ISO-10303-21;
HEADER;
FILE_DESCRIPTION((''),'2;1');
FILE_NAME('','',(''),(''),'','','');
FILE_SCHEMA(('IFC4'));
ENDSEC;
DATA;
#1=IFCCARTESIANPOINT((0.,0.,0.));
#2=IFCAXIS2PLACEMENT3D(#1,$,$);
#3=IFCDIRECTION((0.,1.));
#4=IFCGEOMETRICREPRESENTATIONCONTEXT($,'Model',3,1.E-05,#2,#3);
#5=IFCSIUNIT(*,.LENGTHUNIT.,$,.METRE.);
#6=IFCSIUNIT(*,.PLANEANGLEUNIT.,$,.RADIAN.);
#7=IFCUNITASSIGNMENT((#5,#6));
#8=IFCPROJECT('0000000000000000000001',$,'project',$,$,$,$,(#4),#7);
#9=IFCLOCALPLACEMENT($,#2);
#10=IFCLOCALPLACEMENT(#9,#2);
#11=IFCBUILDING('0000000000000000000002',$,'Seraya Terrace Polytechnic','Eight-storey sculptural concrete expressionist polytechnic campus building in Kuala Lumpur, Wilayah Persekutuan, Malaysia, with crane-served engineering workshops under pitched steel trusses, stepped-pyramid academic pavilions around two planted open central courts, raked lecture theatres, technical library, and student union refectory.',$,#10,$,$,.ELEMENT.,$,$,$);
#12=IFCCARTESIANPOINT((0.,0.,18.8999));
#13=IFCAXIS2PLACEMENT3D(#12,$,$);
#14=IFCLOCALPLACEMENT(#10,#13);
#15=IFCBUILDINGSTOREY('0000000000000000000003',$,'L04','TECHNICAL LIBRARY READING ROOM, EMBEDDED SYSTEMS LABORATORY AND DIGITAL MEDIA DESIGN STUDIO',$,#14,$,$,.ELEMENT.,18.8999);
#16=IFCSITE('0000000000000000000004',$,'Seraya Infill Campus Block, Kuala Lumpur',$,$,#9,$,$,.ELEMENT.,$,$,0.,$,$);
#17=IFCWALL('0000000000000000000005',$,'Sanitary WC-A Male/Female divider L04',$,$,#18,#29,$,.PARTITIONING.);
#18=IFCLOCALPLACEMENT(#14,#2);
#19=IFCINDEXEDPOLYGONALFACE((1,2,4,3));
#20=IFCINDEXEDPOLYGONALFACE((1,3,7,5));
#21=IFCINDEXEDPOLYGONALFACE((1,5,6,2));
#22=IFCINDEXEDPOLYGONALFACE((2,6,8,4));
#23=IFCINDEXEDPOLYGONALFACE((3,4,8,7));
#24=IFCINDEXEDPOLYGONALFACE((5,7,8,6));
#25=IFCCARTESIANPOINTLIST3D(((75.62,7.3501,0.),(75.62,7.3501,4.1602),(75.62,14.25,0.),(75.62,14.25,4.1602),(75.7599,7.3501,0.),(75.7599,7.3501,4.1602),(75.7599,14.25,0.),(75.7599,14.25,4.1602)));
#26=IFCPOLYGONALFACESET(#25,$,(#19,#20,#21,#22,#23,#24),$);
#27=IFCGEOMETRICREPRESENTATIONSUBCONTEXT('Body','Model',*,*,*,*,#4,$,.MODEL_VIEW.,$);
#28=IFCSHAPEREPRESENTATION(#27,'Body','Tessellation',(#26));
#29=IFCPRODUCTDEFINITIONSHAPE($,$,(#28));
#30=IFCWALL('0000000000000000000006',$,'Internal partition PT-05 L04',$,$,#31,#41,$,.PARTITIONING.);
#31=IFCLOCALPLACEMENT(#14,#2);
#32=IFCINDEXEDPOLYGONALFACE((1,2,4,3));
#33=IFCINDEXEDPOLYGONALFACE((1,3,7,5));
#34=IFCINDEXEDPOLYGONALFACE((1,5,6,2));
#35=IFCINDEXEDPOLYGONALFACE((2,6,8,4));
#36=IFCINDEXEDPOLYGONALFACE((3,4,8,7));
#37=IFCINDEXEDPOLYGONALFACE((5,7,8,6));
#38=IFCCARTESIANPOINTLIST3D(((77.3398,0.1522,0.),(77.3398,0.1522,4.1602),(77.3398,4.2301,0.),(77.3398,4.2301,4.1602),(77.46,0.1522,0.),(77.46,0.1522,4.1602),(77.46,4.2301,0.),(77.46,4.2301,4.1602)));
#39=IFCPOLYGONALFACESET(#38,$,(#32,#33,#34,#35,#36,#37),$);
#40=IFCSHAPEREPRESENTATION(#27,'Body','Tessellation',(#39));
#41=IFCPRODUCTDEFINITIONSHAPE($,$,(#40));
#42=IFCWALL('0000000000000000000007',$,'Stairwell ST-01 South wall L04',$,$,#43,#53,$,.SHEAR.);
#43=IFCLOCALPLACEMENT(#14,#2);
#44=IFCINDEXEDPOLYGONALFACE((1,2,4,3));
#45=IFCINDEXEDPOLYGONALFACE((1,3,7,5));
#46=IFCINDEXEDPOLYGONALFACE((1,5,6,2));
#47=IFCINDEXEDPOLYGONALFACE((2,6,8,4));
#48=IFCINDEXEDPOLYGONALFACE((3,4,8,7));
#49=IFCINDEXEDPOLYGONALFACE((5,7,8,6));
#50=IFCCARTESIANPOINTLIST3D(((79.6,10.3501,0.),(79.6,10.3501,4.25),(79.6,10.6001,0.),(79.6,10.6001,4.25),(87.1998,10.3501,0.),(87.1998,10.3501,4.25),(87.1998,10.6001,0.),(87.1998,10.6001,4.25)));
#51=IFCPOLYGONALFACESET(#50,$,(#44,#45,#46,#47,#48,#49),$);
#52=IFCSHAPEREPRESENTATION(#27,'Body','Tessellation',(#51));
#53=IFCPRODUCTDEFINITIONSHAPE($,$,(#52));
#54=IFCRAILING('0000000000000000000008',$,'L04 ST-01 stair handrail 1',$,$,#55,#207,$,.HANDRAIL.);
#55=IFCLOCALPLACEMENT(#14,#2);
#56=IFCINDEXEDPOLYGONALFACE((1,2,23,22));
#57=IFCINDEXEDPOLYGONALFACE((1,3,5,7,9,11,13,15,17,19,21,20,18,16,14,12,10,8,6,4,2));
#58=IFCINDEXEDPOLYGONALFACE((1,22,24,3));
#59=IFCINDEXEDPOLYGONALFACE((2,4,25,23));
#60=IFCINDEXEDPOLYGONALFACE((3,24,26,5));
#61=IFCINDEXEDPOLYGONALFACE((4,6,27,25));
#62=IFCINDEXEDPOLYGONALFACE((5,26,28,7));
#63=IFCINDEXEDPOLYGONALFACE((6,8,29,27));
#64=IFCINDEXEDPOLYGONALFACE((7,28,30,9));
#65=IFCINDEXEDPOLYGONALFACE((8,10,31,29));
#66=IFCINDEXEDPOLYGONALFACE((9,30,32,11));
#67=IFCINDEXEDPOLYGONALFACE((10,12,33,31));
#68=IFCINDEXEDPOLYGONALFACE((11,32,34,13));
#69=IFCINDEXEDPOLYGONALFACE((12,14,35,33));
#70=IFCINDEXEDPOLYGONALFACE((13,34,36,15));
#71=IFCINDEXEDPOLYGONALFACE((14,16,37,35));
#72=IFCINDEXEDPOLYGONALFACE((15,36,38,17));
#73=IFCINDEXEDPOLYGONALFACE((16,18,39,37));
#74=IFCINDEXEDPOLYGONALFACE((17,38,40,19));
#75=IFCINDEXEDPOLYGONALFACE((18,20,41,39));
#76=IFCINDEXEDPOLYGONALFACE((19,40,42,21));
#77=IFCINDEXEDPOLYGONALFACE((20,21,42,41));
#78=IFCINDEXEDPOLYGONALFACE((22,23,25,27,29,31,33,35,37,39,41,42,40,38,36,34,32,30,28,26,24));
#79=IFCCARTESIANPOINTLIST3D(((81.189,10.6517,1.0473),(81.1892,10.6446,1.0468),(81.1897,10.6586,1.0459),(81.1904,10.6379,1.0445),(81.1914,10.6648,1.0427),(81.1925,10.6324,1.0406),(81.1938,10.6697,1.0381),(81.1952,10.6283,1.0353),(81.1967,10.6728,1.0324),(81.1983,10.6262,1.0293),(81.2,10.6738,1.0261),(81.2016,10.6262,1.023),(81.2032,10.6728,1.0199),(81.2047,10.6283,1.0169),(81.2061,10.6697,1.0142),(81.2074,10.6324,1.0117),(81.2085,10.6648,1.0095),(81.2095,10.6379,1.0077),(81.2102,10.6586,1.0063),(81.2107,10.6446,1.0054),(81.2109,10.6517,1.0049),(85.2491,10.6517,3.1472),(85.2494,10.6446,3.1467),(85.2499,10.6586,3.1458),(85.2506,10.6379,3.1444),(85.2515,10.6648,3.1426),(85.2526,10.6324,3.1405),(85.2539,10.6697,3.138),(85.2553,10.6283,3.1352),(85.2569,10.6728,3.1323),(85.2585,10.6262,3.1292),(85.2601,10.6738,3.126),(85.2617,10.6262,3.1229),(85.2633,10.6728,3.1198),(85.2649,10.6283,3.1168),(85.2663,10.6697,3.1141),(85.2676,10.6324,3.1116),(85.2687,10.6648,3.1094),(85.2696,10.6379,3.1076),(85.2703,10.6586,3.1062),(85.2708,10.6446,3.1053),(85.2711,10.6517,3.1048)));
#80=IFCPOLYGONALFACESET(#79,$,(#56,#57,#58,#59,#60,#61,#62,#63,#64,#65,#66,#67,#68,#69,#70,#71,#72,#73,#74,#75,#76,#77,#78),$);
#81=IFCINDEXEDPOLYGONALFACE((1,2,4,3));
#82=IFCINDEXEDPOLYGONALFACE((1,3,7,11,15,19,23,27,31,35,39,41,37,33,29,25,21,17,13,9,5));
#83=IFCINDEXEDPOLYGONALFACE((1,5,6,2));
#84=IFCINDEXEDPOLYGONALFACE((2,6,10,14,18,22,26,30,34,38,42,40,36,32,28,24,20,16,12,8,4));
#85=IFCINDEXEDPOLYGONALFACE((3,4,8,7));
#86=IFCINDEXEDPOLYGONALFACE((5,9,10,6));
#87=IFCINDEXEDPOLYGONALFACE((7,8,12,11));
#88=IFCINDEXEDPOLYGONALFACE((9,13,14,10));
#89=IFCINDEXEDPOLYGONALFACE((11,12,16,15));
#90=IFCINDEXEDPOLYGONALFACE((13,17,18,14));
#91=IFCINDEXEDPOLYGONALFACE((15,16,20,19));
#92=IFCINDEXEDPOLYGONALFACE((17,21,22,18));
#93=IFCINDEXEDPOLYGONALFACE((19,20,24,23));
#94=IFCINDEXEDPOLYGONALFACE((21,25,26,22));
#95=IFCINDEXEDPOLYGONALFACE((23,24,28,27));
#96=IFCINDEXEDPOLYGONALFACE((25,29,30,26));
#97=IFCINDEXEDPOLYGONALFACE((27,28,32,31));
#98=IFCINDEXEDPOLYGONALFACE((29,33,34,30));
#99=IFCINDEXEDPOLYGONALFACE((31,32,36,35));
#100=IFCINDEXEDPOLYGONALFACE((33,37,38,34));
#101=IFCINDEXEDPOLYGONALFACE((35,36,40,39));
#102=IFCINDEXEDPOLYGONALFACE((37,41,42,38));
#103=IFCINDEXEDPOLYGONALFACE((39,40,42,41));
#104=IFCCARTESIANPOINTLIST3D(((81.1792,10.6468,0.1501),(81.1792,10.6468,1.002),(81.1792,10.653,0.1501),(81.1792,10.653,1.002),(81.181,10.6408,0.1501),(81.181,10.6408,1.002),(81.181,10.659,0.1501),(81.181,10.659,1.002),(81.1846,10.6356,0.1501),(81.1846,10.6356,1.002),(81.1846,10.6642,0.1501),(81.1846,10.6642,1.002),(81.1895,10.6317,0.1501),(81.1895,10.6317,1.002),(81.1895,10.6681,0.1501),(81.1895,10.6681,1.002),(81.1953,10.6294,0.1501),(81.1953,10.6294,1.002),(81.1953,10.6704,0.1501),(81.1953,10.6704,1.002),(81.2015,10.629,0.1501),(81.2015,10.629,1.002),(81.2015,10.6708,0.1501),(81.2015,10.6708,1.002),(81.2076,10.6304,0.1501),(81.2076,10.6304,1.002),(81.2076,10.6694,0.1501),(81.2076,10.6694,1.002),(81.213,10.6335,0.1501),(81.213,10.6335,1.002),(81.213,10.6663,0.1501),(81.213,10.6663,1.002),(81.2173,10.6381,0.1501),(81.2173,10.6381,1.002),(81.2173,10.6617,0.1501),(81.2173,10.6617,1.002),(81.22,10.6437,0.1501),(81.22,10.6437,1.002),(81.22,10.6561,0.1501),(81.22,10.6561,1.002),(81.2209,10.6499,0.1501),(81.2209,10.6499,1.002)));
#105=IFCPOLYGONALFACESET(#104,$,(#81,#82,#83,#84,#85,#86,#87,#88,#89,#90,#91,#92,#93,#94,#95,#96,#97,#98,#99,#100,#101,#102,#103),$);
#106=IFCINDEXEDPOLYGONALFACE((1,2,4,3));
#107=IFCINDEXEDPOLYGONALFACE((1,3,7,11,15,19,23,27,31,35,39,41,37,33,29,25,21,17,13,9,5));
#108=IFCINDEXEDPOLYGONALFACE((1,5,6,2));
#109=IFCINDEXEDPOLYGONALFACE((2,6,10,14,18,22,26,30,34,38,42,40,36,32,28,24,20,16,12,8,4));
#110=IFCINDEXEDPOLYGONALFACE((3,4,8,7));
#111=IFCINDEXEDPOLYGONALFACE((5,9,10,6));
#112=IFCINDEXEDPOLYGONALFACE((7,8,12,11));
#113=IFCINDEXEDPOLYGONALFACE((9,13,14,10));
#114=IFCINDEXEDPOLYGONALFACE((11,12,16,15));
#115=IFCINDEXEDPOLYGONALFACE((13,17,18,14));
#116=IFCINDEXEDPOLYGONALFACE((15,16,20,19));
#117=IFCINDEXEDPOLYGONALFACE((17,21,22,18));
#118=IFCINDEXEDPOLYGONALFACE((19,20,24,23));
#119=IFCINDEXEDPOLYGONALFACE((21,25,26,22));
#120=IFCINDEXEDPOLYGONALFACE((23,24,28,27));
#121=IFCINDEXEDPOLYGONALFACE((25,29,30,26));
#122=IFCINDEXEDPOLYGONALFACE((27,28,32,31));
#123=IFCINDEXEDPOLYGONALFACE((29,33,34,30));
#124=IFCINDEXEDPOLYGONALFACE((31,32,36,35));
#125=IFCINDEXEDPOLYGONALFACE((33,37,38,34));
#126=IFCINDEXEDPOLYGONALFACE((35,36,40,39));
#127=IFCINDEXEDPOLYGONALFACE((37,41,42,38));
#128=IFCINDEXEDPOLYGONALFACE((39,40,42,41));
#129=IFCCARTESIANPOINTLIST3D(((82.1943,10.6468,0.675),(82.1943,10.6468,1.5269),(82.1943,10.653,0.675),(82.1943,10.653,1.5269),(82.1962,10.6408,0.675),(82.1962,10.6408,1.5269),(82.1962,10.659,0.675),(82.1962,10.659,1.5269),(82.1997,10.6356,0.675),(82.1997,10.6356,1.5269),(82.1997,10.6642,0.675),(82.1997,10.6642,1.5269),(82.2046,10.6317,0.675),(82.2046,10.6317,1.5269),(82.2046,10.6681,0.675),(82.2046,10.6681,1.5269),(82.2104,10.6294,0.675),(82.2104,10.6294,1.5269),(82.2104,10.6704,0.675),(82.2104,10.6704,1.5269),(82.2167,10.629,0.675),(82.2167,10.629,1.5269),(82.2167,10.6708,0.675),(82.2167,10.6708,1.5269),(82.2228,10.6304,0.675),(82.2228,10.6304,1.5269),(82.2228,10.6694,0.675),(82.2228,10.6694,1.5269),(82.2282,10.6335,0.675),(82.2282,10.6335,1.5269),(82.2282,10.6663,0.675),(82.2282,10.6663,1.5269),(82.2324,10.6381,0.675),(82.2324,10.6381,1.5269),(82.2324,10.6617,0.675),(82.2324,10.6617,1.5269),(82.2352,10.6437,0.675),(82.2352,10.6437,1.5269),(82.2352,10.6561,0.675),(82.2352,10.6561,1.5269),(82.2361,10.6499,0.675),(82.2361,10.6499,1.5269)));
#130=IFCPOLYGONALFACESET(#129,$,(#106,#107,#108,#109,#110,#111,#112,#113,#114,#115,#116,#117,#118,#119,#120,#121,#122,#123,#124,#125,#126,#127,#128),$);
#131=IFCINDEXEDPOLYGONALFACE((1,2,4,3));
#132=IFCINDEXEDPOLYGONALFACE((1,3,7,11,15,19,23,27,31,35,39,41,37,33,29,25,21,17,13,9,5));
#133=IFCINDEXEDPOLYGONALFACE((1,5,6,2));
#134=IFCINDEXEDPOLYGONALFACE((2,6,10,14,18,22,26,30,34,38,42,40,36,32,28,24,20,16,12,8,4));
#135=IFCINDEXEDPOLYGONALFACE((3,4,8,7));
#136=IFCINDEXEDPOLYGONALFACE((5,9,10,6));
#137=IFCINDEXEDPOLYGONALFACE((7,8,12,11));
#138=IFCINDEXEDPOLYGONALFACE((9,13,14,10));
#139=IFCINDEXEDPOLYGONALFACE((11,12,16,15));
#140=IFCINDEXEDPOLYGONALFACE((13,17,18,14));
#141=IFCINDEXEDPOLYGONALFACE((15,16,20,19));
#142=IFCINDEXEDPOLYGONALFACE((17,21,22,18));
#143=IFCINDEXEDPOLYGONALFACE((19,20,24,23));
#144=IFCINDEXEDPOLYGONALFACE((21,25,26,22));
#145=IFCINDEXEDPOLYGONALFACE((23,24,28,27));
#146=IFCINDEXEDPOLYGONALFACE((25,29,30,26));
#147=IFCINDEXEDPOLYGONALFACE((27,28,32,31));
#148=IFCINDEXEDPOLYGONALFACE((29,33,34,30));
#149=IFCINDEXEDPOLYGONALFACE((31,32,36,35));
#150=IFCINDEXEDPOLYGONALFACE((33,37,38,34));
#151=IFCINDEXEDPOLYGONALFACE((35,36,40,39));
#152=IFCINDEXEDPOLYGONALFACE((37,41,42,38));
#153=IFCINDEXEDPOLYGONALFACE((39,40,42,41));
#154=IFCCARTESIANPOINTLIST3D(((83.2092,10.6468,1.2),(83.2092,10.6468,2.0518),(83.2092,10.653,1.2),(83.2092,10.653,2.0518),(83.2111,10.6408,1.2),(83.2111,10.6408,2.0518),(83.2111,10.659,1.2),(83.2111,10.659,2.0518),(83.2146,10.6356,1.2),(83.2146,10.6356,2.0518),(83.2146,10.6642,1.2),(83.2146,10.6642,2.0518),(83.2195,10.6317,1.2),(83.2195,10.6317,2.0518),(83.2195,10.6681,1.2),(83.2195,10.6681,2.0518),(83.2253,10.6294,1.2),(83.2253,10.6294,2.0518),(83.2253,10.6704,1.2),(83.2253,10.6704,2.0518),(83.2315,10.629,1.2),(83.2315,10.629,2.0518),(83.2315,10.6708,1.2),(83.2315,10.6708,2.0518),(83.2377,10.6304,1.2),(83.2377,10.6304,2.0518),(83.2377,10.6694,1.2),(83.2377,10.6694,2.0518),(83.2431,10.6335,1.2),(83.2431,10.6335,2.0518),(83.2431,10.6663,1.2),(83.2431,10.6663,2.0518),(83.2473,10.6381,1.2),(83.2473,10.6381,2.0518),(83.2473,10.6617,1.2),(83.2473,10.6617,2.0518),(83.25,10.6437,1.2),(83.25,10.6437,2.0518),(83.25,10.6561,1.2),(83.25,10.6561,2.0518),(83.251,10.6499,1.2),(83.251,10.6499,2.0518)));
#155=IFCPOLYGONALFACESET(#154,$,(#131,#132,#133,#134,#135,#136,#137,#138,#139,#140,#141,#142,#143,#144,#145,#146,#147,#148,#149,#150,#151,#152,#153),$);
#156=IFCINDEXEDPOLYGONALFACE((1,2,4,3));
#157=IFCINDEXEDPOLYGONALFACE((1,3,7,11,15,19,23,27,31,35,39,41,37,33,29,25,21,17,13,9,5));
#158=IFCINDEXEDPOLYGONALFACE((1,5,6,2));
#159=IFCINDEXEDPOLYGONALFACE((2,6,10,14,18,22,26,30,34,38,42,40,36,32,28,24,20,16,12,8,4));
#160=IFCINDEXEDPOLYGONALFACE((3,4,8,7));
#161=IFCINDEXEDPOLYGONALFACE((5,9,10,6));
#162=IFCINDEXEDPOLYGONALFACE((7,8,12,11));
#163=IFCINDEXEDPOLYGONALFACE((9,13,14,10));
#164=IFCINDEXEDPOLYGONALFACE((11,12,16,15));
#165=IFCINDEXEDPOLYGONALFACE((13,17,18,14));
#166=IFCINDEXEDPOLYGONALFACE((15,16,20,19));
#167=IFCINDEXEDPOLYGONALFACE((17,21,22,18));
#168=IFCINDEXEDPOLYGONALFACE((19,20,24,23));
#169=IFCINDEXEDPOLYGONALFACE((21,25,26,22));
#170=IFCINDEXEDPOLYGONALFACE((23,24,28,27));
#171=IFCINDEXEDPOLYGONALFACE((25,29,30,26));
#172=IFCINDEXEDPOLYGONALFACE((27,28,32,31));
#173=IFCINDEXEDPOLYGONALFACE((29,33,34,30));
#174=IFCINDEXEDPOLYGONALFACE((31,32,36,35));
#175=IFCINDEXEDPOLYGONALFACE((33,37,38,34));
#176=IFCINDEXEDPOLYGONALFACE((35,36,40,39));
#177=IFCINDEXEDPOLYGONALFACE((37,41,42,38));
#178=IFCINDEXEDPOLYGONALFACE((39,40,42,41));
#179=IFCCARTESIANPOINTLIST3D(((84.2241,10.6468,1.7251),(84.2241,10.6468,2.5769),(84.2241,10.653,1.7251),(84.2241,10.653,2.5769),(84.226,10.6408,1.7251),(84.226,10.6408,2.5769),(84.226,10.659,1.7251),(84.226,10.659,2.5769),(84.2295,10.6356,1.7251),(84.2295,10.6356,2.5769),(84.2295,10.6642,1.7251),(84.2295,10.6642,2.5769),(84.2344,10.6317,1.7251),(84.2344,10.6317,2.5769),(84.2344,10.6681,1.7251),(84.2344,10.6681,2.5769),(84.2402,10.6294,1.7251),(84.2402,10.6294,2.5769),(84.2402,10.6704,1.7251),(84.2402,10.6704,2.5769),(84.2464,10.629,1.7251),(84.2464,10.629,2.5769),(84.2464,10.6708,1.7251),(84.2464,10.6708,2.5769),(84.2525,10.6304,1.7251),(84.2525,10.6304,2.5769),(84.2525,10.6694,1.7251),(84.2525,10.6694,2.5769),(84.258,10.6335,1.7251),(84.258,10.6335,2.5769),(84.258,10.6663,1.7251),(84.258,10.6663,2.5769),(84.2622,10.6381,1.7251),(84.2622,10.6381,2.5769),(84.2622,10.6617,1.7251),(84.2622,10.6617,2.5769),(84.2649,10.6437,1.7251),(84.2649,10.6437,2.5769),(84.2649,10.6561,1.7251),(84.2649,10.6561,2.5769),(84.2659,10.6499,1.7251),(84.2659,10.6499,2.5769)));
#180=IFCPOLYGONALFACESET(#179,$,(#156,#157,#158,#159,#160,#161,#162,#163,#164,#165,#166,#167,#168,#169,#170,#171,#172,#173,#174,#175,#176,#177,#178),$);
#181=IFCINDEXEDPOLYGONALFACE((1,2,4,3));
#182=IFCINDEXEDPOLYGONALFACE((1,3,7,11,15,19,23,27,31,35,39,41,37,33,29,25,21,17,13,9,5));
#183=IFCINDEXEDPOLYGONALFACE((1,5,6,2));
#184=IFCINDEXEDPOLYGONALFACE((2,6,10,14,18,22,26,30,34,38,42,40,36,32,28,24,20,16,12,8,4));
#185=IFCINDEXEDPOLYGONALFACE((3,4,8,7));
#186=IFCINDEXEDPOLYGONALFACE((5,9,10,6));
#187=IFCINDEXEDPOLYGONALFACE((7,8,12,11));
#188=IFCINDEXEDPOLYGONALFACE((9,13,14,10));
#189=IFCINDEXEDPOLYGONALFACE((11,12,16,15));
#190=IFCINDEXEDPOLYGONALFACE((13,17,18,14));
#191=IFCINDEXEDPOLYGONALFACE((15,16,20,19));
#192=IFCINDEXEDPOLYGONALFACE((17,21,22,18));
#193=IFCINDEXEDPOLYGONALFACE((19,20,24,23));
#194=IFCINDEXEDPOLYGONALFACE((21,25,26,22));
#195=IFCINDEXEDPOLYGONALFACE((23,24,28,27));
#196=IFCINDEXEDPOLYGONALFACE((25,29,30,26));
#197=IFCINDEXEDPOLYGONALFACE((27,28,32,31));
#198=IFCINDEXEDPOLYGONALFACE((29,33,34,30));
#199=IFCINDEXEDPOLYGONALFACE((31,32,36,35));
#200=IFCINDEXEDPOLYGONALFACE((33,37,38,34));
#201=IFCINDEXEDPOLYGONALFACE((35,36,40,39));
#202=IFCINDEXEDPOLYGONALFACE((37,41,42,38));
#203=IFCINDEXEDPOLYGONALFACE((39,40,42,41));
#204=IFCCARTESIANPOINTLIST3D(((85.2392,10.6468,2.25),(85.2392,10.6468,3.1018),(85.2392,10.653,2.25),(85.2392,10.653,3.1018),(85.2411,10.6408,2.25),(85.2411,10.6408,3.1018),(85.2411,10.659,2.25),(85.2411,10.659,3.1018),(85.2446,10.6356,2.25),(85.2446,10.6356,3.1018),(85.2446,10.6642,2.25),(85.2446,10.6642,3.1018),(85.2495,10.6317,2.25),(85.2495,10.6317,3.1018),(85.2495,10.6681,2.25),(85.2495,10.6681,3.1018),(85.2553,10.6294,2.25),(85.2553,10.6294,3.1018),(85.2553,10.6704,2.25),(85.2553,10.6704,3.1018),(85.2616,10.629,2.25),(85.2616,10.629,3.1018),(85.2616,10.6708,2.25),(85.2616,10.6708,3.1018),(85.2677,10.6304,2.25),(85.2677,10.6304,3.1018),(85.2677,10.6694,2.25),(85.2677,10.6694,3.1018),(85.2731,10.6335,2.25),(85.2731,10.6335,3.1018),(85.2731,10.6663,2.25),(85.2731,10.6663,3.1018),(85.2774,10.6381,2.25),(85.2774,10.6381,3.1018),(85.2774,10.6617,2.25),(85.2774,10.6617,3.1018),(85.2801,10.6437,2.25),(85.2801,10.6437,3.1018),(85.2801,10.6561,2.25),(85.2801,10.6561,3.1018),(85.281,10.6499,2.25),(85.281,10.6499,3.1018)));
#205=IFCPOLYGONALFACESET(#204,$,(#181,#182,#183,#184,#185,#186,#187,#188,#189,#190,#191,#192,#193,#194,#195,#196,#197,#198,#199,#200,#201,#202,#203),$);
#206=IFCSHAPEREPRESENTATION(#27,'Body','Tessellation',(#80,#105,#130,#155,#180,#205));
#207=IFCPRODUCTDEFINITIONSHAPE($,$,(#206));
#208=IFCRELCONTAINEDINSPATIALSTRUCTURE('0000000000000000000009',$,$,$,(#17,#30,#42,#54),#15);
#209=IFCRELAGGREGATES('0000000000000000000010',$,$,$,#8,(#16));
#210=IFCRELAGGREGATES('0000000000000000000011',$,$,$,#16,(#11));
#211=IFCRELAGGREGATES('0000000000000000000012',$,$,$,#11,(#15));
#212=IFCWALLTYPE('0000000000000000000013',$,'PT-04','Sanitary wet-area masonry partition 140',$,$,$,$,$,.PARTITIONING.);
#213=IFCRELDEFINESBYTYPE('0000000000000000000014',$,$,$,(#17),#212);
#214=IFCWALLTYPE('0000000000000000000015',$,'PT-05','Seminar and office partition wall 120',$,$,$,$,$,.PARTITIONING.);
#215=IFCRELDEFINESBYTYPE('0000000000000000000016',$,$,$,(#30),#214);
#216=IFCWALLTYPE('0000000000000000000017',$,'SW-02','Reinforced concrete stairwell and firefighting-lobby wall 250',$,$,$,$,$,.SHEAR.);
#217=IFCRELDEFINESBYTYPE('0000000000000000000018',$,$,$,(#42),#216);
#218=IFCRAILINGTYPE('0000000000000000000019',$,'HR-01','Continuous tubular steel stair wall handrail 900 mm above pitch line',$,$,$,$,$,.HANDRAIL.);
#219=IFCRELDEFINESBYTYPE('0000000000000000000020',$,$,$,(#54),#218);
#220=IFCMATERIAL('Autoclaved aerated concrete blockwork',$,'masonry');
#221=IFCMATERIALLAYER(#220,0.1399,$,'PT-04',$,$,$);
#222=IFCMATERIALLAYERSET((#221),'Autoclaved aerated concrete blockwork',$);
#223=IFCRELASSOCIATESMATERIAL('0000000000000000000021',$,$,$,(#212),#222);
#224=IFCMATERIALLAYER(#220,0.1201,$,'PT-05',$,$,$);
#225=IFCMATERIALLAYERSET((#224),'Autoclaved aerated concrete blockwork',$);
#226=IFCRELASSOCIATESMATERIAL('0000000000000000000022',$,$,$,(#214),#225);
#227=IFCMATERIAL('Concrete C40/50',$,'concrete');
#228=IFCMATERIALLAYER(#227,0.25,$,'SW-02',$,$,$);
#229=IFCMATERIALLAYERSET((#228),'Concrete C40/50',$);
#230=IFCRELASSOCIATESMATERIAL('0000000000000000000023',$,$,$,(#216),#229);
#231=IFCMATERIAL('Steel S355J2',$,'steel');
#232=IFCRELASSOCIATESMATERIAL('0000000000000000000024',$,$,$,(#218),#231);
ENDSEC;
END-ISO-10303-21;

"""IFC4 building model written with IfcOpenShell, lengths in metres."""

from ifc_helpers import new_model, si_unit, direction, frame, frame_2d, origin, origin_2d, place, context, subcontext, project, spatial, rectangle, circle, extrude, material, layer, layer_set, type_object, element, save


model = new_model("IFC4")

# Units and contexts
model_context = context("Model", 3, precision=1e-05, world=origin(), true_north=direction((0.0, 1.0)))
body_context = subcontext(model_context, "Body", "Model", "MODEL_VIEW")
ifc_project = project(units=[si_unit("LENGTHUNIT", "METRE"), si_unit("PLANEANGLEUNIT", "RADIAN")], contexts=[model_context])

# Site, building, storey
site_placement = place(None, origin())
site = spatial("IfcSite", under=ifc_project, at=site_placement, Name="Seraya Infill Campus Block, Kuala Lumpur", CompositionType="ELEMENT", RefElevation=0.0)
building_placement = place(site_placement, origin())
building = spatial("IfcBuilding", under=site, at=building_placement, Name="Seraya Terrace Polytechnic", Description="Eight-storey sculptural concrete expressionist polytechnic campus building in Kuala Lumpur, Wilayah Persekutuan, Malaysia, with crane-served engineering workshops under pitched steel trusses, stepped-pyramid academic pavilions around two planted open central courts, raked lecture theatres, technical library, and student union refectory.", CompositionType="ELEMENT")
storey_placement = place(building_placement, frame((0.0, 0.0, 18.8999)))
storey = spatial("IfcBuildingStorey", under=building, at=storey_placement, Name="L04", Description="TECHNICAL LIBRARY READING ROOM, EMBEDDED SYSTEMS LABORATORY AND DIGITAL MEDIA DESIGN STUDIO", CompositionType="ELEMENT", Elevation=18.8999)

# Shared definitions
ifc_material_1 = material(Name="Concrete C40/50", Category="concrete")

# Shared definitions
ifc_material_2 = material(Name="Autoclaved aerated concrete blockwork", Category="masonry")

# Shared definitions
ifc_layer_1 = layer(ifc_material_2, 0.1399, Name="PT-04")
ifc_layer_set_1 = layer_set([ifc_layer_1], Name="Autoclaved aerated concrete blockwork")
wall_type_1 = type_object("IfcWallType", Name="PT-04", Description="Sanitary wet-area masonry partition 140", PredefinedType="PARTITIONING", material=ifc_layer_set_1)

# Walls
wall_1_placement = place(storey_placement, frame((75.6899, 7.3501, 0.0), z_axis=(0.0, 0.0, 1.0), x_axis=(0.0, 1.0, 0.0)))
element("IfcWall", 1, at=wall_1_placement, inside=storey, type_object=wall_type_1, Name="Sanitary WC-A Male/Female divider L04", PredefinedType="PARTITIONING", context=body_context, shape_type="SweptSolid", body=[
    extrude(rectangle(XDim=6.8999, YDim=0.1399, at=frame_2d((3.45, 0.0))), origin(), (0.0, 0.0, 1.0), 4.1602),
])
ifc_layer_2 = layer(ifc_material_2, 0.1201, Name="PT-05")
ifc_layer_set_2 = layer_set([ifc_layer_2], Name="Autoclaved aerated concrete blockwork")
wall_type_2 = type_object("IfcWallType", Name="PT-05", Description="Seminar and office partition wall 120", PredefinedType="PARTITIONING", material=ifc_layer_set_2)
wall_2_placement = place(storey_placement, frame((77.3999, 0.1521, 0.0), z_axis=(0.0, 0.0, 1.0), x_axis=(0.0, 1.0, 0.0)))
element("IfcWall", 2, at=wall_2_placement, inside=storey, type_object=wall_type_2, Name="Internal partition PT-05 L04", PredefinedType="PARTITIONING", context=body_context, shape_type="SweptSolid", body=[
    extrude(rectangle(XDim=4.0779, YDim=0.1201, at=frame_2d((2.0391, 0.0))), origin(), (0.0, 0.0, 1.0), 4.1602),
])

# Shared definitions
ifc_layer_3 = layer(ifc_material_1, 0.25, Name="SW-02")
ifc_layer_set_3 = layer_set([ifc_layer_3], Name="Concrete C40/50")
wall_type_3 = type_object("IfcWallType", Name="SW-02", Description="Reinforced concrete stairwell and firefighting-lobby wall 250", PredefinedType="SHEAR", material=ifc_layer_set_3)
ifc_material_3 = material(Name="Steel S355J2", Category="steel")

# Wall
wall_3_placement = place(storey_placement, frame((79.6001, 10.4751, 0.0), z_axis=(0.0, 0.0, 1.0), x_axis=(1.0, 0.0, 0.0)))
element("IfcWall", 3, at=wall_3_placement, inside=storey, type_object=wall_type_3, Name="Stairwell ST-01 South wall L04", PredefinedType="SHEAR", context=body_context, shape_type="SweptSolid", body=[
    extrude(rectangle(XDim=7.5999, YDim=0.25, at=frame_2d((3.7998, 0.0))), origin(), (0.0, 0.0, 1.0), 4.25),
])

# Railing
railing_type = type_object("IfcRailingType", Name="HR-01", Description="Continuous tubular steel stair wall handrail 900 mm above pitch line", PredefinedType="HANDRAIL", material=ifc_material_3)
railing_placement = place(storey_placement, frame((81.2, 10.6499, 0.1501)))
element("IfcRailing", 4, at=railing_placement, inside=storey, type_object=railing_type, Name="L04 ST-01 stair handrail 1", PredefinedType="HANDRAIL", context=body_context, shape_type="SweptSolid", body=[
    extrude(circle(Radius=0.0239, at=origin_2d()), frame((0.0, 0.0, 0.876), z_axis=(0.888233, 0.0, 0.459392), x_axis=(0.0, 1.0, 0.0)), (0.0, 0.0, 1.0), 4.571),
    extrude(circle(Radius=0.021, at=origin_2d()), origin(), (0.0, 0.0, 1.0), 0.8518),
    extrude(circle(Radius=0.021, at=origin_2d()), frame((1.0151, 0.0, 0.5249)), (0.0, 0.0, 1.0), 0.8518),
    extrude(circle(Radius=0.021, at=origin_2d()), frame((2.03, 0.0, 1.0498)), (0.0, 0.0, 1.0), 0.8518),
    extrude(circle(Radius=0.021, at=origin_2d()), frame((3.0449, 0.0, 1.575)), (0.0, 0.0, 1.0), 0.8518),
    extrude(circle(Radius=0.021, at=origin_2d()), frame((4.0601, 0.0, 2.0999)), (0.0, 0.0, 1.0), 0.8518),
])

save(model, "model.ifc")
